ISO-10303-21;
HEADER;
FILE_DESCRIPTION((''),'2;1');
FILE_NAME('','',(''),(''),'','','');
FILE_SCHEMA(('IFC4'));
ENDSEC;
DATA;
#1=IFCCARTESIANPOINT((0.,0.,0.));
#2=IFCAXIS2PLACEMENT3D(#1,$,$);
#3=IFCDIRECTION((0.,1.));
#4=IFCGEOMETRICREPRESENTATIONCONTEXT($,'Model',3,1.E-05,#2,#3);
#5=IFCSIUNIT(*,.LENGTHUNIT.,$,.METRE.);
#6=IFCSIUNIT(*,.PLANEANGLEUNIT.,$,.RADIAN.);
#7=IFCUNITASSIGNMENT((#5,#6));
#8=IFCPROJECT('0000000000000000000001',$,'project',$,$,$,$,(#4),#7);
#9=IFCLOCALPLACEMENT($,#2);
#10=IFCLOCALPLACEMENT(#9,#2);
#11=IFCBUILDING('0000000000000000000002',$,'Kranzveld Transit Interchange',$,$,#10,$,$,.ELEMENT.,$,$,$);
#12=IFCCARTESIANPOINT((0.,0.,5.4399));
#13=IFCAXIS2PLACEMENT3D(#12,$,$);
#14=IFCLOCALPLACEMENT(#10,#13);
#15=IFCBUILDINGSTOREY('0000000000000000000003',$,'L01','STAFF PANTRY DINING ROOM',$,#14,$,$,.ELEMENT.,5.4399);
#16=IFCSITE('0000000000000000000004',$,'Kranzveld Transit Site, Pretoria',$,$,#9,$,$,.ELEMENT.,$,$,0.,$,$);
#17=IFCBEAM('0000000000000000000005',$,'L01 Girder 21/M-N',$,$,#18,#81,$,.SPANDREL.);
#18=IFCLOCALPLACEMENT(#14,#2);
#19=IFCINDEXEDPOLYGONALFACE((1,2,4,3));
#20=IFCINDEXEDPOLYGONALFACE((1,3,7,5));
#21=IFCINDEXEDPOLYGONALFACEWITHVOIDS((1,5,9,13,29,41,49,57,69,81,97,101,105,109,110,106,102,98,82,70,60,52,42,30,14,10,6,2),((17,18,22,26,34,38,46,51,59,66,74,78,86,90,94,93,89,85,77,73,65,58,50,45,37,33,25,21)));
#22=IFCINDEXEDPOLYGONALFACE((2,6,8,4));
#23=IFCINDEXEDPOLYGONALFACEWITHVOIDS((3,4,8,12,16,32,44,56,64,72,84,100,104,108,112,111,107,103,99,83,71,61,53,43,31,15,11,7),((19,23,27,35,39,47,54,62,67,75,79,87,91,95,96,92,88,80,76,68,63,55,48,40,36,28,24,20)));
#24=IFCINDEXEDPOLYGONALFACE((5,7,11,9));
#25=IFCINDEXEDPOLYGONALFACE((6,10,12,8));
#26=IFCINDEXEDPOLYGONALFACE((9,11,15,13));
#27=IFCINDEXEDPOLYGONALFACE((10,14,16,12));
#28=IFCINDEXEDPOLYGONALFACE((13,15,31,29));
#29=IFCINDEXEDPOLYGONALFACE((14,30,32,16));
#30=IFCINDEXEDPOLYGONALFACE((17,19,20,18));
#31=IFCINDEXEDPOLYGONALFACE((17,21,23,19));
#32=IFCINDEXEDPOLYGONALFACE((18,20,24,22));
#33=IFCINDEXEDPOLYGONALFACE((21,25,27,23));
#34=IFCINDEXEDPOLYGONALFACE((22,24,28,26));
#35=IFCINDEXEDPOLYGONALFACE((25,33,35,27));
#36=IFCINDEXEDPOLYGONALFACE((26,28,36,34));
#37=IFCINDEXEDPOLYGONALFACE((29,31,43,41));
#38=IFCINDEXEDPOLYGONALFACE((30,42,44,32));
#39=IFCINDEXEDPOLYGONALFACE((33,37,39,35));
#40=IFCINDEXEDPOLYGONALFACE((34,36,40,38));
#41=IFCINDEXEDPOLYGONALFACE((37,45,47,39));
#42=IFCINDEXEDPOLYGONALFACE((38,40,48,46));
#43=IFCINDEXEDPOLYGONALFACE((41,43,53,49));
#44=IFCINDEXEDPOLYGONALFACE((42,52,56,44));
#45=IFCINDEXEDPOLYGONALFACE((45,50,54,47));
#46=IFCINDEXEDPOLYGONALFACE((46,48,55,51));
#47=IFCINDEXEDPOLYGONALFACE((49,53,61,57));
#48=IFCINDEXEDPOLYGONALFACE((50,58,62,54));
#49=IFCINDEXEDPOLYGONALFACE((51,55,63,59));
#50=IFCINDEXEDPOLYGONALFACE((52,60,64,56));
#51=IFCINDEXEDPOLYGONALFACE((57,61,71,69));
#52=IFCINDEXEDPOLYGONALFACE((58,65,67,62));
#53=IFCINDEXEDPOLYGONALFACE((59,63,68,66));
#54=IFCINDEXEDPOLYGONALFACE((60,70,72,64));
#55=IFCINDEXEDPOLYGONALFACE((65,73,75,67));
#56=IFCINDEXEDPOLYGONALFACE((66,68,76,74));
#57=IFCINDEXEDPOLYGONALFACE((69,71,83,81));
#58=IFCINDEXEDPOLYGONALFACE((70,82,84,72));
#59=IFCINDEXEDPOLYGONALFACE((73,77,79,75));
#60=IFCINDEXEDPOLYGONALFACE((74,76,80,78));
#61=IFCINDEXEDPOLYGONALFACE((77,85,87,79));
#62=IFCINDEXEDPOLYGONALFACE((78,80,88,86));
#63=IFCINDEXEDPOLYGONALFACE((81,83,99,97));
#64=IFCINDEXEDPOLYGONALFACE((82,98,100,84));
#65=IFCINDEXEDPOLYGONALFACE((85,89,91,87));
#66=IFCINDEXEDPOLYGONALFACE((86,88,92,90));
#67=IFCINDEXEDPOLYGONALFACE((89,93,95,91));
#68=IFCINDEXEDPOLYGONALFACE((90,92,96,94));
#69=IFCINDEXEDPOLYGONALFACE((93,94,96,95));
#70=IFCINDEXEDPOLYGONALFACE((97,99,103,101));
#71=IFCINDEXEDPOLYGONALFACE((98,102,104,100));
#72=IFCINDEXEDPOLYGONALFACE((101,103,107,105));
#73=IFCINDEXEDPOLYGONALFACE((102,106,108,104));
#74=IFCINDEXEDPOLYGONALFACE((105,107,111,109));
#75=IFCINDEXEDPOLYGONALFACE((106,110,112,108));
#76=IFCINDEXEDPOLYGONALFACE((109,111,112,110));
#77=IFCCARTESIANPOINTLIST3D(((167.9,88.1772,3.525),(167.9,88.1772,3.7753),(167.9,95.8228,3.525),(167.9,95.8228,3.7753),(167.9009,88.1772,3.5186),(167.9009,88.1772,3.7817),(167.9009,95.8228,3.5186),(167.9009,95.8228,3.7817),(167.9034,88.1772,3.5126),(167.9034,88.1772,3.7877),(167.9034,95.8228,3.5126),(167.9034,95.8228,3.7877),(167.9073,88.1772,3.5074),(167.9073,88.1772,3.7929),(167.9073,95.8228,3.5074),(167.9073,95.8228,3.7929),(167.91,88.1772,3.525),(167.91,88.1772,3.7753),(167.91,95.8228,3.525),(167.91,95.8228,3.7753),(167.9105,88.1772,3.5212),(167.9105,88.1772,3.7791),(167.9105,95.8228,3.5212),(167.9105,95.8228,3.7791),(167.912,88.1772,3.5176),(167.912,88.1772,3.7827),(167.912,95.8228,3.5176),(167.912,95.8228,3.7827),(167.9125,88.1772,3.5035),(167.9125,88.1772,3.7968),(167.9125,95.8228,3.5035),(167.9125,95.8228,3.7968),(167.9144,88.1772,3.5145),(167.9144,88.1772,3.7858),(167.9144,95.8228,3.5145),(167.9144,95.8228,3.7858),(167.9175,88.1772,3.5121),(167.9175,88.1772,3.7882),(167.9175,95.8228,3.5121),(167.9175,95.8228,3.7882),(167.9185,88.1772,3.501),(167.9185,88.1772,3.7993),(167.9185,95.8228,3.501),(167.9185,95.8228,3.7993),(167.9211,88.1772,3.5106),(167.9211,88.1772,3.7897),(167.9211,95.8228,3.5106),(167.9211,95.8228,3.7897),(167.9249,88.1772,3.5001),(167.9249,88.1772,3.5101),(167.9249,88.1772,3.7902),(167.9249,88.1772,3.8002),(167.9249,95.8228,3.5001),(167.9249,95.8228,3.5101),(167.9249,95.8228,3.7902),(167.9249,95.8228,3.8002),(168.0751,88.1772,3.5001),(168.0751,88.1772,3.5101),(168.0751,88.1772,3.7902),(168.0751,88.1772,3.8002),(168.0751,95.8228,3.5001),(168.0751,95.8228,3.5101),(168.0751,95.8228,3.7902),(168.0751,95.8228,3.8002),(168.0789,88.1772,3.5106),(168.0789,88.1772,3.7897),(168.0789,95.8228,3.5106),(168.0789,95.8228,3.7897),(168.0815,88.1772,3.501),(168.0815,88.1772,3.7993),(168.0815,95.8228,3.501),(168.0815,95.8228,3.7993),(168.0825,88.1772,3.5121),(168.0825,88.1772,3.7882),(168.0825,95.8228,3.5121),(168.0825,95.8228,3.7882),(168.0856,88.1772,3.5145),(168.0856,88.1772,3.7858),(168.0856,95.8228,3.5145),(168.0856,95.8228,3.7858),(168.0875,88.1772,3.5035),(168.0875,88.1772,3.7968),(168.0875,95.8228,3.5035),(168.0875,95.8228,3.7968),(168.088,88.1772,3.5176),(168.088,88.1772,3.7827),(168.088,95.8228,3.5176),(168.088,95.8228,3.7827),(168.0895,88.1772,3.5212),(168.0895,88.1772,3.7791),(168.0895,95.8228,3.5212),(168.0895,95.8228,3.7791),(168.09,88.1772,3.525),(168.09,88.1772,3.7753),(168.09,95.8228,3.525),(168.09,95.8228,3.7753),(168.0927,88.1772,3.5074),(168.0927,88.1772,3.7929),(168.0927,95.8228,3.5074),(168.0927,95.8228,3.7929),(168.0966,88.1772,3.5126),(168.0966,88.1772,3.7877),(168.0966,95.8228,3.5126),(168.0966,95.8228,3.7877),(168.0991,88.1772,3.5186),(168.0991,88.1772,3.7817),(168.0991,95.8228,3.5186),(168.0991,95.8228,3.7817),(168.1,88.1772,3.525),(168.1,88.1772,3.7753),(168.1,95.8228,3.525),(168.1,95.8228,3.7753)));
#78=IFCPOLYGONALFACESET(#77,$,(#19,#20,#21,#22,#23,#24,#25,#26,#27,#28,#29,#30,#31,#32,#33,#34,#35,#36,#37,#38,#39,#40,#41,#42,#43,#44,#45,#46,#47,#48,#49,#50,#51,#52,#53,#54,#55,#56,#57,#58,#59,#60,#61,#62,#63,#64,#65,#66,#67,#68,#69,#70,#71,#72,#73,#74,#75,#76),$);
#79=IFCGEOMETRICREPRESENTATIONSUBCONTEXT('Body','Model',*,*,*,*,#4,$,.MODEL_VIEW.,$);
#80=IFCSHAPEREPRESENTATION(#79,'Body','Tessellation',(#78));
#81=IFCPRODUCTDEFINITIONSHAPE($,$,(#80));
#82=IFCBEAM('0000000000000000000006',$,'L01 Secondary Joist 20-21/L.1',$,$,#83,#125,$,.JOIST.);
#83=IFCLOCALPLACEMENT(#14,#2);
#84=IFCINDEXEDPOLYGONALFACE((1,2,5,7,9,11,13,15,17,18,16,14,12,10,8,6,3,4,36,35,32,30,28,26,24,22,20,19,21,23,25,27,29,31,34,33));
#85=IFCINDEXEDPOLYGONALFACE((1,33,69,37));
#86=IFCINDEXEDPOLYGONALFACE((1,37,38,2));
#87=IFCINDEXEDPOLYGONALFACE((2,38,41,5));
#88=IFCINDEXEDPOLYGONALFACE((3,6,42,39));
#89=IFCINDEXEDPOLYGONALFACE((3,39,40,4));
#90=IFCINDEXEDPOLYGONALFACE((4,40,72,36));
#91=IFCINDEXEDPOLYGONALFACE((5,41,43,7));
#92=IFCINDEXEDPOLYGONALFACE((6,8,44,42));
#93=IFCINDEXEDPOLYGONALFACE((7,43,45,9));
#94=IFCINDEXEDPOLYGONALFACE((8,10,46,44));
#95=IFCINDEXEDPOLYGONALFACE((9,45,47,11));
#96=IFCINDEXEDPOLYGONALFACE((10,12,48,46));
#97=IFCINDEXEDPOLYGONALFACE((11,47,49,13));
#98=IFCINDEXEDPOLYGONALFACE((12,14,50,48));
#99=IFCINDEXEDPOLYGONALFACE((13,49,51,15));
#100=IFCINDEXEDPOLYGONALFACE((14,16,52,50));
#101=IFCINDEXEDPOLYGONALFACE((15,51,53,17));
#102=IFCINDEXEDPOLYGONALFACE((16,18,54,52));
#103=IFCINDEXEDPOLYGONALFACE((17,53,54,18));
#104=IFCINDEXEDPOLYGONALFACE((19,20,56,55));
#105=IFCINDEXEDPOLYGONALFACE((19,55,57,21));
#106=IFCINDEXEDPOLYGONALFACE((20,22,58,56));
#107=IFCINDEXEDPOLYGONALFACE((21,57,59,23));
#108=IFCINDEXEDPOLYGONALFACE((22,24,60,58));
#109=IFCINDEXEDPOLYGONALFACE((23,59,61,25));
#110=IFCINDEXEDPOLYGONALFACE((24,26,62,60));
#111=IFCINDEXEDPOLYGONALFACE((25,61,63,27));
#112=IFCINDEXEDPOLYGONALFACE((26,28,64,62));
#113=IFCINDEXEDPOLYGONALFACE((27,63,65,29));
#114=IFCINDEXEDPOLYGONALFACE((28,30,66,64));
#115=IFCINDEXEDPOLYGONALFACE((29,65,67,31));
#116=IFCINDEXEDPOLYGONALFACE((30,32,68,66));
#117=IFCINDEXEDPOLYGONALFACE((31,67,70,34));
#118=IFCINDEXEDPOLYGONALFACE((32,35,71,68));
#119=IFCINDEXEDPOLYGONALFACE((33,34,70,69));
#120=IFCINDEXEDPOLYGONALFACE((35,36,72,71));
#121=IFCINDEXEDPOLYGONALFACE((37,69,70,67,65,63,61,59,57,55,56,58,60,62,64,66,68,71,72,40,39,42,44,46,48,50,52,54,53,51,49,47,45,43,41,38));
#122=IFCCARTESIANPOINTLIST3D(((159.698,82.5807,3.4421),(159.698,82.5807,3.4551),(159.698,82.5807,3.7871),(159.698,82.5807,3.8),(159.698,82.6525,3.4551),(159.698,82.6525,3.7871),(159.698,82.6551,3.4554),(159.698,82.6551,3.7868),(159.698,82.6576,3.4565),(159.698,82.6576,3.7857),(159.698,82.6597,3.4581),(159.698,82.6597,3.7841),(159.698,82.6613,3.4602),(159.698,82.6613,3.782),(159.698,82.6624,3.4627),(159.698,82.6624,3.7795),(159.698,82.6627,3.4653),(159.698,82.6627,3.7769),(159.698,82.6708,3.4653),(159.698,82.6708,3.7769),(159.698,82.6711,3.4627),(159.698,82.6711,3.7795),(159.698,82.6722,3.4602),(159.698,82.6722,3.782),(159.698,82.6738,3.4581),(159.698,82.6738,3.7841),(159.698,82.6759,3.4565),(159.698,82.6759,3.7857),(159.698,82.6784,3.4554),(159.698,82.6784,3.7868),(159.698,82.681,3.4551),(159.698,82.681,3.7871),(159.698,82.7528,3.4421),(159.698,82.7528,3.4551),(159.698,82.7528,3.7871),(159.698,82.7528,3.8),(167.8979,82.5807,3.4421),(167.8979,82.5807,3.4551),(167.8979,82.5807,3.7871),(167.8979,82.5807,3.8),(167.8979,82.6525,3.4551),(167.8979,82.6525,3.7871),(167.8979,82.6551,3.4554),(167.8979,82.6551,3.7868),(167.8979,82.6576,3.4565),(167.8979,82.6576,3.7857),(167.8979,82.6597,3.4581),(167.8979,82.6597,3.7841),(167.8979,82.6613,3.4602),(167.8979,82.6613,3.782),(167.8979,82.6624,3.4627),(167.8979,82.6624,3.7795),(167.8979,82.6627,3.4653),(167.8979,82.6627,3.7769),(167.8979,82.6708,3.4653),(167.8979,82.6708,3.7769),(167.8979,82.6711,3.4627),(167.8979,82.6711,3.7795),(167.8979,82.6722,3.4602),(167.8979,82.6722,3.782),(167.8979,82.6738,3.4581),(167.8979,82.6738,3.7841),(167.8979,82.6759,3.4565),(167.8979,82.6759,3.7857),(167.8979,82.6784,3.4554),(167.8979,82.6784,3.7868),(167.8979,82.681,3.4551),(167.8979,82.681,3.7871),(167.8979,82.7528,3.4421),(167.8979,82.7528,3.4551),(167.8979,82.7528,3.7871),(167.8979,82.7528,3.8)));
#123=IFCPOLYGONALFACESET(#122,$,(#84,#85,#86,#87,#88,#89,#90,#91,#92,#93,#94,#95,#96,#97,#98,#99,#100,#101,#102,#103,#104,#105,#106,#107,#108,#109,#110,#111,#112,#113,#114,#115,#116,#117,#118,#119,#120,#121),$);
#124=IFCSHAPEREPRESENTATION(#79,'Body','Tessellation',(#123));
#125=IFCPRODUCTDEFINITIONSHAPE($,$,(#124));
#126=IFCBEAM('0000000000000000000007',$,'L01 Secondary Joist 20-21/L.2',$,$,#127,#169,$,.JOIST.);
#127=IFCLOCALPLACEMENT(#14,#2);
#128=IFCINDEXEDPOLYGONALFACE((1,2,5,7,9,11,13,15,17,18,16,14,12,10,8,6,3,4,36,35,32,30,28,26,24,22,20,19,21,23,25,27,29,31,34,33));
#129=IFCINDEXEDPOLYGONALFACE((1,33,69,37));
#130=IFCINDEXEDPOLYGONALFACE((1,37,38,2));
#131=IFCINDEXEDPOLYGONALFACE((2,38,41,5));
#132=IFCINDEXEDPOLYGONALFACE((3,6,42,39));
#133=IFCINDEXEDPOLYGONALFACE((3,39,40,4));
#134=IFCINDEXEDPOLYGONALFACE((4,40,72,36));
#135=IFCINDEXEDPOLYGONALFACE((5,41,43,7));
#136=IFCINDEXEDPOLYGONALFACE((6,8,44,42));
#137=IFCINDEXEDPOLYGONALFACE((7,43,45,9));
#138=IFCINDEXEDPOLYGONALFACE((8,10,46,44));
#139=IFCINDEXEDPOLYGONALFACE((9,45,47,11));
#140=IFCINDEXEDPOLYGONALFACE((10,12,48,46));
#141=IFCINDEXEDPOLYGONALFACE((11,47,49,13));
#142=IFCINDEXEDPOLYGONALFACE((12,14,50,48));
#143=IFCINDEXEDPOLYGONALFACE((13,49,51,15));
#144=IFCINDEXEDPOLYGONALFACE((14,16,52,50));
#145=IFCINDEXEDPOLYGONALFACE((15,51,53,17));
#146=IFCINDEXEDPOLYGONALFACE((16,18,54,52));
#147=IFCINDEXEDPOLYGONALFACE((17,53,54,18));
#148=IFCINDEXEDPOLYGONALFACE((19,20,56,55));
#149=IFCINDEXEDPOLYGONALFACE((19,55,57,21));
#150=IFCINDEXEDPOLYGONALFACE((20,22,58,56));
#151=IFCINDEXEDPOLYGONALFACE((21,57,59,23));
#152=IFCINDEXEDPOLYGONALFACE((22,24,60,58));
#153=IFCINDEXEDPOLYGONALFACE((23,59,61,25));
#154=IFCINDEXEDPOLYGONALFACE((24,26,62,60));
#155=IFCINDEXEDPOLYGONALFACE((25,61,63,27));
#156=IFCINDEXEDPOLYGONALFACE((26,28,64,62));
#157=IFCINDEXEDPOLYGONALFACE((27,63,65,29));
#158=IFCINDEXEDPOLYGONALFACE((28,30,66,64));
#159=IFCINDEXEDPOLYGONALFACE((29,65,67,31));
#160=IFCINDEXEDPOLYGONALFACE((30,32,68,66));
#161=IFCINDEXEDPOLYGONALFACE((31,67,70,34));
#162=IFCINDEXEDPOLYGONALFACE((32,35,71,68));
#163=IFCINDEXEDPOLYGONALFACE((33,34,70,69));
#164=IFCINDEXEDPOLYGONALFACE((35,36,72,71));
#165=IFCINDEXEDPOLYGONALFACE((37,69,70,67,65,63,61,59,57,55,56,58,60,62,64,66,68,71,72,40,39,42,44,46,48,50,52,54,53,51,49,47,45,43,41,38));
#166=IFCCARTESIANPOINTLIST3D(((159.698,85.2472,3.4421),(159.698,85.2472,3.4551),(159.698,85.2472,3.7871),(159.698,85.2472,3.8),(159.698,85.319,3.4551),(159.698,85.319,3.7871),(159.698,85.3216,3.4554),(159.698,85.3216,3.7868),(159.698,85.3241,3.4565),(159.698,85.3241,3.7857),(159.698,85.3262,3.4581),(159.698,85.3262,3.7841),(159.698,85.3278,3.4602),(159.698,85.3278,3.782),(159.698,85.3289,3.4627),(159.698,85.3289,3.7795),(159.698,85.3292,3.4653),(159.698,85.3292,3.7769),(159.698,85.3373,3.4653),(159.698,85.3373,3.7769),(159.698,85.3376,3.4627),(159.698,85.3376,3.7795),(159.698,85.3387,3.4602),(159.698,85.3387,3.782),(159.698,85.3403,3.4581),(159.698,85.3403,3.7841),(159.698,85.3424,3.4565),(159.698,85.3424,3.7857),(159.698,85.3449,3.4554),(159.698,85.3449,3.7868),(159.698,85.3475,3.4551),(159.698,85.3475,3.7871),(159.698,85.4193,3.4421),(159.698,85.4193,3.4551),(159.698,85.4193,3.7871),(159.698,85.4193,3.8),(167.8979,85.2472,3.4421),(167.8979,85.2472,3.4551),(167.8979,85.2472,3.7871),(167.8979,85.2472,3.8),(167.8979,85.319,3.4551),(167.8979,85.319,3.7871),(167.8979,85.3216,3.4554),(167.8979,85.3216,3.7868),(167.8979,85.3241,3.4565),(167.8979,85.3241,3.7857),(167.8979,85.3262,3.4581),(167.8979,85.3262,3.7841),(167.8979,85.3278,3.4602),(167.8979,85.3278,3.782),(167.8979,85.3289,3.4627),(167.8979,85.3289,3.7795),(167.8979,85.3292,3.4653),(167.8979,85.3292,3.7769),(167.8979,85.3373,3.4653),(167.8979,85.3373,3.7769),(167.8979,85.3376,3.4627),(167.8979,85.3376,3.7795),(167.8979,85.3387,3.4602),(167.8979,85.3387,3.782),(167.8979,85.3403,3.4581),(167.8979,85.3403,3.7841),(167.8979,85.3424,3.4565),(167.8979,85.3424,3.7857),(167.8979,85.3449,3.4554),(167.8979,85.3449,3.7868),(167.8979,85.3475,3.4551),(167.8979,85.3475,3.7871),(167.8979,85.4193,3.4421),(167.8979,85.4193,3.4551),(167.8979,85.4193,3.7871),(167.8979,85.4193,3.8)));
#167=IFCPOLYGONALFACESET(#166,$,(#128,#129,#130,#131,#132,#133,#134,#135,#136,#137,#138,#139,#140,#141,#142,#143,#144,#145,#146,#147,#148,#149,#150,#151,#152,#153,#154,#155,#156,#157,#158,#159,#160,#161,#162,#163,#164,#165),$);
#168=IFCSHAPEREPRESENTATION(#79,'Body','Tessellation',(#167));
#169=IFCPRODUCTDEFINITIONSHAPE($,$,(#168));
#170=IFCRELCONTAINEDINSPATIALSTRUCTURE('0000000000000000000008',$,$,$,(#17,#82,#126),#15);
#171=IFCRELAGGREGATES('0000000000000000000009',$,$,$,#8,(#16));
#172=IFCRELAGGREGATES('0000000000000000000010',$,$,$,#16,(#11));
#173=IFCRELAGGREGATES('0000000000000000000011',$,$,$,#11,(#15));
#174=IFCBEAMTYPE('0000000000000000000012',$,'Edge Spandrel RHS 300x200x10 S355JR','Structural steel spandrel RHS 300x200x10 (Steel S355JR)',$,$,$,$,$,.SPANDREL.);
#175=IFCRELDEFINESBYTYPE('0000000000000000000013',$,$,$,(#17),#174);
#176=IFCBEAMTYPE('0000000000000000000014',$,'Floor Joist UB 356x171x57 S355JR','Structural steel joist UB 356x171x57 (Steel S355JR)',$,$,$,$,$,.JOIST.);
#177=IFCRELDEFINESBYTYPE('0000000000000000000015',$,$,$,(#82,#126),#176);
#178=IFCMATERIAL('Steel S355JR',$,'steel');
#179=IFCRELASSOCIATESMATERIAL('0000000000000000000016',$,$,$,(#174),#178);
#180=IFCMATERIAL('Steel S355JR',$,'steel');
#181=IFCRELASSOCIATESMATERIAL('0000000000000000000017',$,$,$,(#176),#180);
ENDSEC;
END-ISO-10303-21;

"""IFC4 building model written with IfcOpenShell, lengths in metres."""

from ifc_helpers import new_model, si_unit, direction, frame, origin, origin_2d, place, context, subcontext, project, spatial, hollow_rectangle, i_section, extrude, material, material_profile, profile_set, type_object, element, save


model = new_model("IFC4")

# Units and contexts
model_context = context("Model", 3, precision=1e-05, world=origin(), true_north=direction((0.0, 1.0)))
body_context = subcontext(model_context, "Body", "Model", "MODEL_VIEW")
ifc_project = project(units=[si_unit("LENGTHUNIT", "METRE"), si_unit("PLANEANGLEUNIT", "RADIAN")], contexts=[model_context])

# Site, building, storey
site_placement = place(None, origin())
site = spatial("IfcSite", under=ifc_project, at=site_placement, Name="Kranzveld Transit Site, Pretoria", CompositionType="ELEMENT", RefElevation=0.0)
building_placement = place(site_placement, origin())
building = spatial("IfcBuilding", under=site, at=building_placement, Name="Kranzveld Transit Interchange", CompositionType="ELEMENT")
storey_placement = place(building_placement, frame((0.0, 0.0, 5.4399)))
storey = spatial("IfcBuildingStorey", under=building, at=storey_placement, Name="L01", Description="STAFF PANTRY DINING ROOM", CompositionType="ELEMENT", Elevation=5.4399)

# Beams
ifc_material_1 = material(Name="Steel S355JR", Category="steel")
ifc_material_profile_1 = material_profile(ifc_material_1, hollow_rectangle(XDim=0.2, YDim=0.3, WallThickness=0.01, InnerFilletRadius=0.0149, OuterFilletRadius=0.0249, at=origin_2d()), Name="RHS 300x200x10")
ifc_profile_set_1 = profile_set([ifc_material_profile_1], Name="Steel S355JR")
beam_type_1 = type_object("IfcBeamType", Name="Edge Spandrel RHS 300x200x10 S355JR", Description="Structural steel spandrel RHS 300x200x10 (Steel S355JR)", PredefinedType="SPANDREL", material=ifc_profile_set_1)
for number, where, z_axis, x_axis, name in (
    (1, (168.0, 88.1772, 3.6501), (0.0, 1.0, 0.0), (-1.0, 0.0, 0.0), "L01 Girder 21/M-N"),
):
    element("IfcBeam", number, at=place(storey_placement, frame(where, z_axis=z_axis, x_axis=x_axis)), inside=storey, type_object=beam_type_1, Name=name, PredefinedType="SPANDREL", context=body_context, shape_type="SweptSolid", body=[
        extrude(hollow_rectangle(XDim=0.2, YDim=0.3, WallThickness=0.01, InnerFilletRadius=0.0149, OuterFilletRadius=0.0249, at=origin_2d()), origin(), (0.0, 0.0, 1.0), 7.6455),
    ])
ifc_material_2 = material(Name="Steel S355JR", Category="steel")
ifc_material_profile_2 = material_profile(ifc_material_2, i_section(OverallWidth=0.1721, OverallDepth=0.3579, WebThickness=0.0081, FlangeThickness=0.0129, FilletRadius=0.0103, at=origin_2d()), Name="UB 356x171x57")
ifc_profile_set_2 = profile_set([ifc_material_profile_2], Name="Steel S355JR")
beam_type_2 = type_object("IfcBeamType", Name="Floor Joist UB 356x171x57 S355JR", Description="Structural steel joist UB 356x171x57 (Steel S355JR)", PredefinedType="JOIST", material=ifc_profile_set_2)
for number, where, z_axis, x_axis, name in (
    (2, (159.698, 82.6667, 3.6211), (1.0, 0.0, 0.0), (0.0, 1.0, 0.0), "L01 Secondary Joist 20-21/L.1"),
    (3, (159.698, 85.3333, 3.6211), (1.0, 0.0, 0.0), (0.0, 1.0, 0.0), "L01 Secondary Joist 20-21/L.2"),
):
    element("IfcBeam", number, at=place(storey_placement, frame(where, z_axis=z_axis, x_axis=x_axis)), inside=storey, type_object=beam_type_2, Name=name, PredefinedType="JOIST", context=body_context, shape_type="SweptSolid", body=[
        extrude(i_section(OverallWidth=0.1721, OverallDepth=0.3579, WebThickness=0.0081, FlangeThickness=0.0129, FilletRadius=0.0103, at=origin_2d()), origin(), (0.0, 0.0, 1.0), 8.2),
    ])

save(model, "model.ifc")
